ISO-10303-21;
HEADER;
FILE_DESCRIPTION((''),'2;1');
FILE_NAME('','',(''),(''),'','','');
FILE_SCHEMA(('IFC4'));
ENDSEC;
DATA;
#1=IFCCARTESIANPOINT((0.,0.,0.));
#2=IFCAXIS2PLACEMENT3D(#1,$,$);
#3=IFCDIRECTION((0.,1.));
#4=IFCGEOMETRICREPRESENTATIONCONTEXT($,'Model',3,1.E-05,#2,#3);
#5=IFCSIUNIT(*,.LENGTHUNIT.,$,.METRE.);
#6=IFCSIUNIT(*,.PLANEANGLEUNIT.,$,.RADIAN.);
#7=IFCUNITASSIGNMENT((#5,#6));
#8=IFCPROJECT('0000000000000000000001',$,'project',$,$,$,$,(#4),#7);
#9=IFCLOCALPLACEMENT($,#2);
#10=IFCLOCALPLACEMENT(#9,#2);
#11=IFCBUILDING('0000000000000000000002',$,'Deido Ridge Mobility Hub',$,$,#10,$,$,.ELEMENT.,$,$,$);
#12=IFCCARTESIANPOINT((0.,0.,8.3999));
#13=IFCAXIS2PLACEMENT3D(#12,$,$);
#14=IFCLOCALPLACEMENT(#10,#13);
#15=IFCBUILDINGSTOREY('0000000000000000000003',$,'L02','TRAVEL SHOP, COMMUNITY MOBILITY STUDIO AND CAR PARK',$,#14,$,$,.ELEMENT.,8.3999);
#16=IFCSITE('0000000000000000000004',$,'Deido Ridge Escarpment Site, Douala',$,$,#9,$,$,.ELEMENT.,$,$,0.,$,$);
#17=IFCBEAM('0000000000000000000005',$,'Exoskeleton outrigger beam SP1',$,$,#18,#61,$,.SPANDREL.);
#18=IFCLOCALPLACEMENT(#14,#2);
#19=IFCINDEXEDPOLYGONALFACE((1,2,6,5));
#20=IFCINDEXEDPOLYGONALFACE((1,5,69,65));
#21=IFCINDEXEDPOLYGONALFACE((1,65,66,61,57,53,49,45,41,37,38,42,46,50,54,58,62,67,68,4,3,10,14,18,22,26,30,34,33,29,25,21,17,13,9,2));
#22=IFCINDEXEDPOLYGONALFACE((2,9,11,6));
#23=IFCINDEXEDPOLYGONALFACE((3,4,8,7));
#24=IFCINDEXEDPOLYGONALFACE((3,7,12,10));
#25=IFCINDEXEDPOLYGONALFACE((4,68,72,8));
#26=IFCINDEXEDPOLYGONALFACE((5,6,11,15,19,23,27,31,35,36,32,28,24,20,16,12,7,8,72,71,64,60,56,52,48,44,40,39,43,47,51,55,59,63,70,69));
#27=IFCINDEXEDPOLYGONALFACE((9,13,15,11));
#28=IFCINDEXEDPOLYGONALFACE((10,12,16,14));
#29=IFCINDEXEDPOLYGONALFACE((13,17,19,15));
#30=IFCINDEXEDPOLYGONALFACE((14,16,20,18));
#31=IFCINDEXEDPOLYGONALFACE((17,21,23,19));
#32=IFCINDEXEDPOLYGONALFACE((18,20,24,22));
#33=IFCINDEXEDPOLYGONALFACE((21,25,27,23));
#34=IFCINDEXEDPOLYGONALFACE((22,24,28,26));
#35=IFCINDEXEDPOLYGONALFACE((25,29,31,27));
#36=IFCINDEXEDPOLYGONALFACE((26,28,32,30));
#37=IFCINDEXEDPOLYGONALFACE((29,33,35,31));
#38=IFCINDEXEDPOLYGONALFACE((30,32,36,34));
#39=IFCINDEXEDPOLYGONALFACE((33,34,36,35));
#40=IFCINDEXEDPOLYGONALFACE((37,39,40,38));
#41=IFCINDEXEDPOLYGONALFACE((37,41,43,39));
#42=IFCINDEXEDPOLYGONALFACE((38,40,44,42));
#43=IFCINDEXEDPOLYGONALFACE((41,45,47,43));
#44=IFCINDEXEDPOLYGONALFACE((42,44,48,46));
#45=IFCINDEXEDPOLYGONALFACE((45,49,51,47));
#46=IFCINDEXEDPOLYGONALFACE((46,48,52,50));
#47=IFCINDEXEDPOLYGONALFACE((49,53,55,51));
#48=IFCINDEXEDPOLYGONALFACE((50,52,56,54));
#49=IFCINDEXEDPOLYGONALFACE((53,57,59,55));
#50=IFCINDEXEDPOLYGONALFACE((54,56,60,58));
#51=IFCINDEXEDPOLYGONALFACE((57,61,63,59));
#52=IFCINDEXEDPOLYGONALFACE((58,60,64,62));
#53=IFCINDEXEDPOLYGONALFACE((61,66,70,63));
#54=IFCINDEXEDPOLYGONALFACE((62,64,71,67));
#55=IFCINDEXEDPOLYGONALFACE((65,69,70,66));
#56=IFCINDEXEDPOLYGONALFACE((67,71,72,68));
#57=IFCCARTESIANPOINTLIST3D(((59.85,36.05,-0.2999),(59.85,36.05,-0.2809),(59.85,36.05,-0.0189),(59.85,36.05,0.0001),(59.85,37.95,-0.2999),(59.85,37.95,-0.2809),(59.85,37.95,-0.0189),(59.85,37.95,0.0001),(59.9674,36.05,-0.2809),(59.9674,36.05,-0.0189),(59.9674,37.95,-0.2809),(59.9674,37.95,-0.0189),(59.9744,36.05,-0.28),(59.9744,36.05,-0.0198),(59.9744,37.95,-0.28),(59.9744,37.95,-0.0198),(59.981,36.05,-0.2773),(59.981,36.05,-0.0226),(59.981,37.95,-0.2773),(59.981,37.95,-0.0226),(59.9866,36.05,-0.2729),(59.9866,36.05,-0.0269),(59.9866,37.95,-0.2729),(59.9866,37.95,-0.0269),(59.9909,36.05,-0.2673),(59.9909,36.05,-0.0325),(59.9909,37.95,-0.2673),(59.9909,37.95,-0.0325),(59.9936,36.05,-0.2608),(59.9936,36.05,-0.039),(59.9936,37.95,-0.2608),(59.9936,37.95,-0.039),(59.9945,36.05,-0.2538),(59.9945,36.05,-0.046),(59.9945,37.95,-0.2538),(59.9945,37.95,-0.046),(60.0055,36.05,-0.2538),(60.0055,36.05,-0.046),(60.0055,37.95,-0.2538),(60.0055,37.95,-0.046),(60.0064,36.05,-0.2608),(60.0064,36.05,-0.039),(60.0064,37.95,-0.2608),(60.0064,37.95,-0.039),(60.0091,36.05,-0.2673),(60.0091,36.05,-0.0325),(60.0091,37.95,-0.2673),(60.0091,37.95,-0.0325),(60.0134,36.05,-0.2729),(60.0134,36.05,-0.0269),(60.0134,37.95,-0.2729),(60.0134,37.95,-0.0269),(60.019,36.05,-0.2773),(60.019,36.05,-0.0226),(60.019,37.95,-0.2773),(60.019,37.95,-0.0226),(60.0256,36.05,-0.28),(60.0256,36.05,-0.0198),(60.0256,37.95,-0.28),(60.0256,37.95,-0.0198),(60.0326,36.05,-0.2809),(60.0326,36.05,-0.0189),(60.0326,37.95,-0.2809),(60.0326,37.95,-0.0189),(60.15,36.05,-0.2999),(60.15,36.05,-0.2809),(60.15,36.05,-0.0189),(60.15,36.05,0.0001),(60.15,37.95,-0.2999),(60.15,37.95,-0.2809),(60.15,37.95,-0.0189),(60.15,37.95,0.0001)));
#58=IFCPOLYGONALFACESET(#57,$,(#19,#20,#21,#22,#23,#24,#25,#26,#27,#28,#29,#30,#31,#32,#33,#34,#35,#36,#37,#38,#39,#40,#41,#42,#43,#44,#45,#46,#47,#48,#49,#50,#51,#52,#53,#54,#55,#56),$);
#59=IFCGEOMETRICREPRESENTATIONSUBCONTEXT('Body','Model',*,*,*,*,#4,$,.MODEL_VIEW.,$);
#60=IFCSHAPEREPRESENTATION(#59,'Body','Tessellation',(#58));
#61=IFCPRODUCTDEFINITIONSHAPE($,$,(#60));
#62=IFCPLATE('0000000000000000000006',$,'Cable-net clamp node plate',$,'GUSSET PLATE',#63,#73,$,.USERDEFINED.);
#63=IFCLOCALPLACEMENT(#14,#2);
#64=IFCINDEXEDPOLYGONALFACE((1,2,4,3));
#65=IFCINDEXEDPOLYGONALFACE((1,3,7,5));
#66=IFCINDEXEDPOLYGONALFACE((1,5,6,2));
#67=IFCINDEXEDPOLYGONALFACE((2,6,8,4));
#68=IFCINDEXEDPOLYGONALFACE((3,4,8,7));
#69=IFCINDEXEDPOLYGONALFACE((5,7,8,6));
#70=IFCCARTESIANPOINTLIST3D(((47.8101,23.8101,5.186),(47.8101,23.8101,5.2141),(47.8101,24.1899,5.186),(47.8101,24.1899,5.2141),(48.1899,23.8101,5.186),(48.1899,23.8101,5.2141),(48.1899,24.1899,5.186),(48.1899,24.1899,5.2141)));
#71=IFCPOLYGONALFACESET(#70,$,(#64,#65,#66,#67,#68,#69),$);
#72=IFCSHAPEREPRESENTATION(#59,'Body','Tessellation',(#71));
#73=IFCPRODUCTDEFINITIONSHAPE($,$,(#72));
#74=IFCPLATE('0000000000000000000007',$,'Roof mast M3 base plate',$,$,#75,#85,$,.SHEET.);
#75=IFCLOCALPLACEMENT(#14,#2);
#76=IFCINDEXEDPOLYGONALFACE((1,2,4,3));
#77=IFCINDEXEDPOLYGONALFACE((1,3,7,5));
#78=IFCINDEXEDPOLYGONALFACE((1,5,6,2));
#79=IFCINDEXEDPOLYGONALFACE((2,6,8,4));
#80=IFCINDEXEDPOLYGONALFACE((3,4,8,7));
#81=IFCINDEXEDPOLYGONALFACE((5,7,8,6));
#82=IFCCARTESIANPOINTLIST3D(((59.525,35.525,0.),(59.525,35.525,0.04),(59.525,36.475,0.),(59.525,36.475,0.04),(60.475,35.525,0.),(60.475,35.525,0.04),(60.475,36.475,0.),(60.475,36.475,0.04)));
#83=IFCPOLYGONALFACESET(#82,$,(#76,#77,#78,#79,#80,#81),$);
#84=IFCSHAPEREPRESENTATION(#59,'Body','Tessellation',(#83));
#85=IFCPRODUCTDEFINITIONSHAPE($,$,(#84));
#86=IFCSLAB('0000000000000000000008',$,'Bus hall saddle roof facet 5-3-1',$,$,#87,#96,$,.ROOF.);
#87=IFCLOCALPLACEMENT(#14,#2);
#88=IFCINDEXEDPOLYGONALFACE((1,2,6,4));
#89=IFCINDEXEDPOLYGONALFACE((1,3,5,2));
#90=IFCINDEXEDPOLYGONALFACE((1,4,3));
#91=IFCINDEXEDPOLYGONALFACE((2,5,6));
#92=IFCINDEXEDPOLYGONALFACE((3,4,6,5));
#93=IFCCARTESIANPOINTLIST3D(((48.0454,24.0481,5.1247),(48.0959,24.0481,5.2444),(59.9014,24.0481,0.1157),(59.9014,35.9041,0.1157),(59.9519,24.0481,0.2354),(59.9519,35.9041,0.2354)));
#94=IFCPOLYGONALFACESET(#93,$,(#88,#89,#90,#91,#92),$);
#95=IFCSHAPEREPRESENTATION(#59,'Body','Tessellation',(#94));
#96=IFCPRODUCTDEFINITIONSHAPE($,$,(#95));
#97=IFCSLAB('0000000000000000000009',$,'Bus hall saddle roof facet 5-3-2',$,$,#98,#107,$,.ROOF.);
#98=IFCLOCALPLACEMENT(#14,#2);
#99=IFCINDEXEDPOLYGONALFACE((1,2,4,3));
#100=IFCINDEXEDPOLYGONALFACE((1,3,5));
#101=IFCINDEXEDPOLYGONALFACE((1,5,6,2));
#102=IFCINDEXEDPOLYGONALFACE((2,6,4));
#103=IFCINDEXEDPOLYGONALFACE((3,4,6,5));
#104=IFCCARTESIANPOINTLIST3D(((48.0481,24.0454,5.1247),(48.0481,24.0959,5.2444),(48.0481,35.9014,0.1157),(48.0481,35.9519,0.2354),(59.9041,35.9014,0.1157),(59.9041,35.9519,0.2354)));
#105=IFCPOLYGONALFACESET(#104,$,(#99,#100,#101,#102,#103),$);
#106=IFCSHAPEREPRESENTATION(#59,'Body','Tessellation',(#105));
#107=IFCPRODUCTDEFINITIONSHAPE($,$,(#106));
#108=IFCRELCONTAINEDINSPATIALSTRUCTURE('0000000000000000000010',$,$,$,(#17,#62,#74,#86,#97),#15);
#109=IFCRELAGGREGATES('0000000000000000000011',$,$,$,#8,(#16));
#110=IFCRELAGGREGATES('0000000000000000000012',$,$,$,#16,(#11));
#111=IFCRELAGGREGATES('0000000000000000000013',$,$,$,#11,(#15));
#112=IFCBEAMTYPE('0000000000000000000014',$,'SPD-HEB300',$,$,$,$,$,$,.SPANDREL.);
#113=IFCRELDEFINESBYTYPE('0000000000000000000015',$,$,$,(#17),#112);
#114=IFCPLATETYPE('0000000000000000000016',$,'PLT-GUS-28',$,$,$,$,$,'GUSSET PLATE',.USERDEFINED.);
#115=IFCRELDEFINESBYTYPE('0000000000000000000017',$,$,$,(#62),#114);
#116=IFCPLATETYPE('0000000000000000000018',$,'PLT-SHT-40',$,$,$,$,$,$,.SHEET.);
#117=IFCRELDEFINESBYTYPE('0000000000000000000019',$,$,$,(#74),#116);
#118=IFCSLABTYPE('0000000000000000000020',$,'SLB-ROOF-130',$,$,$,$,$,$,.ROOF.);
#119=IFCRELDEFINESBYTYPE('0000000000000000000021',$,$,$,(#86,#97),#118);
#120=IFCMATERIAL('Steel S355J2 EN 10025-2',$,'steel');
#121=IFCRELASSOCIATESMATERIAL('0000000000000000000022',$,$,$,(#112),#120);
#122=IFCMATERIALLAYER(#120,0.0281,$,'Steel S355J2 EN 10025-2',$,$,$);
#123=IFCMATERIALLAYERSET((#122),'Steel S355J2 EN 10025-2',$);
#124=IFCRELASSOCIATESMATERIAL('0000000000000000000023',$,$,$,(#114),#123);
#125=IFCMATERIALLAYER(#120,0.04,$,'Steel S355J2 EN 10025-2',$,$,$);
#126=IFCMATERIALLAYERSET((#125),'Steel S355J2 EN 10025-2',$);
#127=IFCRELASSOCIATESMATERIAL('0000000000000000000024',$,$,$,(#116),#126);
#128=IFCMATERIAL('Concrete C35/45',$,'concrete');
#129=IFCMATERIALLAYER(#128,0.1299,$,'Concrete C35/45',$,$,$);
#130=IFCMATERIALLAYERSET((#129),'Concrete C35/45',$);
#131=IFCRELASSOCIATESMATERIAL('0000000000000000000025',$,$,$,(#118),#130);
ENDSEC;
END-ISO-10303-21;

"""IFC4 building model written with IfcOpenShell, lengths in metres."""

from ifc_helpers import new_model, si_unit, direction, frame, origin, origin_2d, place, context, subcontext, project, spatial, polyline, rectangle, i_section, outline, extrude, material, layer, layer_set, material_profile, profile_set, type_object, element, save


model = new_model("IFC4")

# Units and contexts
model_context = context("Model", 3, precision=1e-05, world=origin(), true_north=direction((0.0, 1.0)))
body_context = subcontext(model_context, "Body", "Model", "MODEL_VIEW")
ifc_project = project(units=[si_unit("LENGTHUNIT", "METRE"), si_unit("PLANEANGLEUNIT", "RADIAN")], contexts=[model_context])

# Site, building, storey
site_placement = place(None, origin())
site = spatial("IfcSite", under=ifc_project, at=site_placement, Name="Deido Ridge Escarpment Site, Douala", CompositionType="ELEMENT", RefElevation=0.0)
building_placement = place(site_placement, origin())
building = spatial("IfcBuilding", under=site, at=building_placement, Name="Deido Ridge Mobility Hub", CompositionType="ELEMENT")
storey_placement = place(building_placement, frame((0.0, 0.0, 8.3999)))
storey = spatial("IfcBuildingStorey", under=building, at=storey_placement, Name="L02", Description="TRAVEL SHOP, COMMUNITY MOBILITY STUDIO AND CAR PARK", CompositionType="ELEMENT", Elevation=8.3999)

# Shared definitions
ifc_material_1 = material(Name="Steel S355J2 EN 10025-2", Category="steel")

# Beam
ifc_material_profile_1 = material_profile(ifc_material_1, i_section(OverallWidth=0.3, OverallDepth=0.3, WebThickness=0.011, FlangeThickness=0.019, FilletRadius=0.0271, at=origin_2d()), Name="HEB 300")
ifc_profile_set_1 = profile_set([ifc_material_profile_1], Name="Steel S355J2 EN 10025-2")
beam_type_1 = type_object("IfcBeamType", Name="SPD-HEB300", PredefinedType="SPANDREL", material=ifc_profile_set_1)
for number, where, z_axis, x_axis, name in (
    (1, (60.0, 36.05, -0.1499), (0.0, 1.0, 0.0), (-1.0, 0.0, 0.0), "Exoskeleton outrigger beam SP1"),
):
    element("IfcBeam", number, at=place(storey_placement, frame(where, z_axis=z_axis, x_axis=x_axis)), inside=storey, type_object=beam_type_1, Name=name, PredefinedType="SPANDREL", context=body_context, shape_type="SweptSolid", body=[
        extrude(i_section(OverallWidth=0.3, OverallDepth=0.3, WebThickness=0.011, FlangeThickness=0.019, FilletRadius=0.0271, at=origin_2d()), origin(), (0.0, 0.0, 1.0), 1.8999),
    ])

# Plates
ifc_layer_1 = layer(ifc_material_1, 0.0281, Name="Steel S355J2 EN 10025-2")
ifc_layer_set_1 = layer_set([ifc_layer_1], Name="Steel S355J2 EN 10025-2")
plate_type_1 = type_object("IfcPlateType", Name="PLT-GUS-28", ElementType="GUSSET PLATE", PredefinedType="USERDEFINED", material=ifc_layer_set_1)
plate_1_placement = place(storey_placement, frame((48.0, 24.0, 5.186), z_axis=(0.0, 0.0, 1.0), x_axis=(1.0, 0.0, 0.0)))
element("IfcPlate", 2, at=plate_1_placement, inside=storey, type_object=plate_type_1, Name="Cable-net clamp node plate", ObjectType="GUSSET PLATE", PredefinedType="USERDEFINED", context=body_context, shape_type="SweptSolid", body=[
    extrude(rectangle(XDim=0.3799, YDim=0.3799, at=origin_2d()), origin(), (0.0, 0.0, 1.0), 0.0281),
])
ifc_layer_2 = layer(ifc_material_1, 0.04, Name="Steel S355J2 EN 10025-2")
ifc_layer_set_2 = layer_set([ifc_layer_2], Name="Steel S355J2 EN 10025-2")
plate_type_2 = type_object("IfcPlateType", Name="PLT-SHT-40", PredefinedType="SHEET", material=ifc_layer_set_2)
plate_2_placement = place(storey_placement, frame((60.0, 36.0, 0.0), z_axis=(0.0, 0.0, 1.0), x_axis=(1.0, 0.0, 0.0)))
element("IfcPlate", 3, at=plate_2_placement, inside=storey, type_object=plate_type_2, Name="Roof mast M3 base plate", PredefinedType="SHEET", context=body_context, shape_type="SweptSolid", body=[
    extrude(rectangle(XDim=0.95, YDim=0.95, at=origin_2d()), origin(), (0.0, 0.0, 1.0), 0.04),
])

# Slabs
ifc_material_2 = material(Name="Concrete C35/45", Category="concrete")
ifc_layer_3 = layer(ifc_material_2, 0.1299, Name="Concrete C35/45")
ifc_layer_set_3 = layer_set([ifc_layer_3], Name="Concrete C35/45")
slab_type = type_object("IfcSlabType", Name="SLB-ROOF-130", PredefinedType="ROOF", material=ifc_layer_set_3)
slab_1_placement = place(storey_placement, frame((48.0959, 24.0481, 5.2444), z_axis=(0.389182, 0.0, 0.921161), x_axis=(0.921161, 0.0, -0.389182)))
element("IfcSlab", 4, at=slab_1_placement, inside=storey, type_object=slab_type, Name="Bus hall saddle roof facet 5-3-1", PredefinedType="ROOF", context=body_context, shape_type="SweptSolid", body=[
    extrude(outline(polyline([(0.0, 0.0), (12.8707, 0.0), (12.8707, 11.856), (0.0, 0.0)])), origin(), (0.0, 0.0, -1.0), 0.1299),
])
slab_2_placement = place(storey_placement, frame((48.0481, 24.0959, 5.2444), z_axis=(0.0, 0.389182, 0.921161), x_axis=(0.677519, 0.677519, -0.286245)))
element("IfcSlab", 5, at=slab_2_placement, inside=storey, type_object=slab_type, Name="Bus hall saddle roof facet 5-3-2", PredefinedType="ROOF", context=body_context, shape_type="SweptSolid", body=[
    extrude(outline(polyline([(0.0, 0.0), (17.4991, 0.0), (9.4664, 8.7201), (0.0, 0.0)])), origin(), (0.0, 0.0, -1.0), 0.1299),
])

save(model, "model.ifc")
